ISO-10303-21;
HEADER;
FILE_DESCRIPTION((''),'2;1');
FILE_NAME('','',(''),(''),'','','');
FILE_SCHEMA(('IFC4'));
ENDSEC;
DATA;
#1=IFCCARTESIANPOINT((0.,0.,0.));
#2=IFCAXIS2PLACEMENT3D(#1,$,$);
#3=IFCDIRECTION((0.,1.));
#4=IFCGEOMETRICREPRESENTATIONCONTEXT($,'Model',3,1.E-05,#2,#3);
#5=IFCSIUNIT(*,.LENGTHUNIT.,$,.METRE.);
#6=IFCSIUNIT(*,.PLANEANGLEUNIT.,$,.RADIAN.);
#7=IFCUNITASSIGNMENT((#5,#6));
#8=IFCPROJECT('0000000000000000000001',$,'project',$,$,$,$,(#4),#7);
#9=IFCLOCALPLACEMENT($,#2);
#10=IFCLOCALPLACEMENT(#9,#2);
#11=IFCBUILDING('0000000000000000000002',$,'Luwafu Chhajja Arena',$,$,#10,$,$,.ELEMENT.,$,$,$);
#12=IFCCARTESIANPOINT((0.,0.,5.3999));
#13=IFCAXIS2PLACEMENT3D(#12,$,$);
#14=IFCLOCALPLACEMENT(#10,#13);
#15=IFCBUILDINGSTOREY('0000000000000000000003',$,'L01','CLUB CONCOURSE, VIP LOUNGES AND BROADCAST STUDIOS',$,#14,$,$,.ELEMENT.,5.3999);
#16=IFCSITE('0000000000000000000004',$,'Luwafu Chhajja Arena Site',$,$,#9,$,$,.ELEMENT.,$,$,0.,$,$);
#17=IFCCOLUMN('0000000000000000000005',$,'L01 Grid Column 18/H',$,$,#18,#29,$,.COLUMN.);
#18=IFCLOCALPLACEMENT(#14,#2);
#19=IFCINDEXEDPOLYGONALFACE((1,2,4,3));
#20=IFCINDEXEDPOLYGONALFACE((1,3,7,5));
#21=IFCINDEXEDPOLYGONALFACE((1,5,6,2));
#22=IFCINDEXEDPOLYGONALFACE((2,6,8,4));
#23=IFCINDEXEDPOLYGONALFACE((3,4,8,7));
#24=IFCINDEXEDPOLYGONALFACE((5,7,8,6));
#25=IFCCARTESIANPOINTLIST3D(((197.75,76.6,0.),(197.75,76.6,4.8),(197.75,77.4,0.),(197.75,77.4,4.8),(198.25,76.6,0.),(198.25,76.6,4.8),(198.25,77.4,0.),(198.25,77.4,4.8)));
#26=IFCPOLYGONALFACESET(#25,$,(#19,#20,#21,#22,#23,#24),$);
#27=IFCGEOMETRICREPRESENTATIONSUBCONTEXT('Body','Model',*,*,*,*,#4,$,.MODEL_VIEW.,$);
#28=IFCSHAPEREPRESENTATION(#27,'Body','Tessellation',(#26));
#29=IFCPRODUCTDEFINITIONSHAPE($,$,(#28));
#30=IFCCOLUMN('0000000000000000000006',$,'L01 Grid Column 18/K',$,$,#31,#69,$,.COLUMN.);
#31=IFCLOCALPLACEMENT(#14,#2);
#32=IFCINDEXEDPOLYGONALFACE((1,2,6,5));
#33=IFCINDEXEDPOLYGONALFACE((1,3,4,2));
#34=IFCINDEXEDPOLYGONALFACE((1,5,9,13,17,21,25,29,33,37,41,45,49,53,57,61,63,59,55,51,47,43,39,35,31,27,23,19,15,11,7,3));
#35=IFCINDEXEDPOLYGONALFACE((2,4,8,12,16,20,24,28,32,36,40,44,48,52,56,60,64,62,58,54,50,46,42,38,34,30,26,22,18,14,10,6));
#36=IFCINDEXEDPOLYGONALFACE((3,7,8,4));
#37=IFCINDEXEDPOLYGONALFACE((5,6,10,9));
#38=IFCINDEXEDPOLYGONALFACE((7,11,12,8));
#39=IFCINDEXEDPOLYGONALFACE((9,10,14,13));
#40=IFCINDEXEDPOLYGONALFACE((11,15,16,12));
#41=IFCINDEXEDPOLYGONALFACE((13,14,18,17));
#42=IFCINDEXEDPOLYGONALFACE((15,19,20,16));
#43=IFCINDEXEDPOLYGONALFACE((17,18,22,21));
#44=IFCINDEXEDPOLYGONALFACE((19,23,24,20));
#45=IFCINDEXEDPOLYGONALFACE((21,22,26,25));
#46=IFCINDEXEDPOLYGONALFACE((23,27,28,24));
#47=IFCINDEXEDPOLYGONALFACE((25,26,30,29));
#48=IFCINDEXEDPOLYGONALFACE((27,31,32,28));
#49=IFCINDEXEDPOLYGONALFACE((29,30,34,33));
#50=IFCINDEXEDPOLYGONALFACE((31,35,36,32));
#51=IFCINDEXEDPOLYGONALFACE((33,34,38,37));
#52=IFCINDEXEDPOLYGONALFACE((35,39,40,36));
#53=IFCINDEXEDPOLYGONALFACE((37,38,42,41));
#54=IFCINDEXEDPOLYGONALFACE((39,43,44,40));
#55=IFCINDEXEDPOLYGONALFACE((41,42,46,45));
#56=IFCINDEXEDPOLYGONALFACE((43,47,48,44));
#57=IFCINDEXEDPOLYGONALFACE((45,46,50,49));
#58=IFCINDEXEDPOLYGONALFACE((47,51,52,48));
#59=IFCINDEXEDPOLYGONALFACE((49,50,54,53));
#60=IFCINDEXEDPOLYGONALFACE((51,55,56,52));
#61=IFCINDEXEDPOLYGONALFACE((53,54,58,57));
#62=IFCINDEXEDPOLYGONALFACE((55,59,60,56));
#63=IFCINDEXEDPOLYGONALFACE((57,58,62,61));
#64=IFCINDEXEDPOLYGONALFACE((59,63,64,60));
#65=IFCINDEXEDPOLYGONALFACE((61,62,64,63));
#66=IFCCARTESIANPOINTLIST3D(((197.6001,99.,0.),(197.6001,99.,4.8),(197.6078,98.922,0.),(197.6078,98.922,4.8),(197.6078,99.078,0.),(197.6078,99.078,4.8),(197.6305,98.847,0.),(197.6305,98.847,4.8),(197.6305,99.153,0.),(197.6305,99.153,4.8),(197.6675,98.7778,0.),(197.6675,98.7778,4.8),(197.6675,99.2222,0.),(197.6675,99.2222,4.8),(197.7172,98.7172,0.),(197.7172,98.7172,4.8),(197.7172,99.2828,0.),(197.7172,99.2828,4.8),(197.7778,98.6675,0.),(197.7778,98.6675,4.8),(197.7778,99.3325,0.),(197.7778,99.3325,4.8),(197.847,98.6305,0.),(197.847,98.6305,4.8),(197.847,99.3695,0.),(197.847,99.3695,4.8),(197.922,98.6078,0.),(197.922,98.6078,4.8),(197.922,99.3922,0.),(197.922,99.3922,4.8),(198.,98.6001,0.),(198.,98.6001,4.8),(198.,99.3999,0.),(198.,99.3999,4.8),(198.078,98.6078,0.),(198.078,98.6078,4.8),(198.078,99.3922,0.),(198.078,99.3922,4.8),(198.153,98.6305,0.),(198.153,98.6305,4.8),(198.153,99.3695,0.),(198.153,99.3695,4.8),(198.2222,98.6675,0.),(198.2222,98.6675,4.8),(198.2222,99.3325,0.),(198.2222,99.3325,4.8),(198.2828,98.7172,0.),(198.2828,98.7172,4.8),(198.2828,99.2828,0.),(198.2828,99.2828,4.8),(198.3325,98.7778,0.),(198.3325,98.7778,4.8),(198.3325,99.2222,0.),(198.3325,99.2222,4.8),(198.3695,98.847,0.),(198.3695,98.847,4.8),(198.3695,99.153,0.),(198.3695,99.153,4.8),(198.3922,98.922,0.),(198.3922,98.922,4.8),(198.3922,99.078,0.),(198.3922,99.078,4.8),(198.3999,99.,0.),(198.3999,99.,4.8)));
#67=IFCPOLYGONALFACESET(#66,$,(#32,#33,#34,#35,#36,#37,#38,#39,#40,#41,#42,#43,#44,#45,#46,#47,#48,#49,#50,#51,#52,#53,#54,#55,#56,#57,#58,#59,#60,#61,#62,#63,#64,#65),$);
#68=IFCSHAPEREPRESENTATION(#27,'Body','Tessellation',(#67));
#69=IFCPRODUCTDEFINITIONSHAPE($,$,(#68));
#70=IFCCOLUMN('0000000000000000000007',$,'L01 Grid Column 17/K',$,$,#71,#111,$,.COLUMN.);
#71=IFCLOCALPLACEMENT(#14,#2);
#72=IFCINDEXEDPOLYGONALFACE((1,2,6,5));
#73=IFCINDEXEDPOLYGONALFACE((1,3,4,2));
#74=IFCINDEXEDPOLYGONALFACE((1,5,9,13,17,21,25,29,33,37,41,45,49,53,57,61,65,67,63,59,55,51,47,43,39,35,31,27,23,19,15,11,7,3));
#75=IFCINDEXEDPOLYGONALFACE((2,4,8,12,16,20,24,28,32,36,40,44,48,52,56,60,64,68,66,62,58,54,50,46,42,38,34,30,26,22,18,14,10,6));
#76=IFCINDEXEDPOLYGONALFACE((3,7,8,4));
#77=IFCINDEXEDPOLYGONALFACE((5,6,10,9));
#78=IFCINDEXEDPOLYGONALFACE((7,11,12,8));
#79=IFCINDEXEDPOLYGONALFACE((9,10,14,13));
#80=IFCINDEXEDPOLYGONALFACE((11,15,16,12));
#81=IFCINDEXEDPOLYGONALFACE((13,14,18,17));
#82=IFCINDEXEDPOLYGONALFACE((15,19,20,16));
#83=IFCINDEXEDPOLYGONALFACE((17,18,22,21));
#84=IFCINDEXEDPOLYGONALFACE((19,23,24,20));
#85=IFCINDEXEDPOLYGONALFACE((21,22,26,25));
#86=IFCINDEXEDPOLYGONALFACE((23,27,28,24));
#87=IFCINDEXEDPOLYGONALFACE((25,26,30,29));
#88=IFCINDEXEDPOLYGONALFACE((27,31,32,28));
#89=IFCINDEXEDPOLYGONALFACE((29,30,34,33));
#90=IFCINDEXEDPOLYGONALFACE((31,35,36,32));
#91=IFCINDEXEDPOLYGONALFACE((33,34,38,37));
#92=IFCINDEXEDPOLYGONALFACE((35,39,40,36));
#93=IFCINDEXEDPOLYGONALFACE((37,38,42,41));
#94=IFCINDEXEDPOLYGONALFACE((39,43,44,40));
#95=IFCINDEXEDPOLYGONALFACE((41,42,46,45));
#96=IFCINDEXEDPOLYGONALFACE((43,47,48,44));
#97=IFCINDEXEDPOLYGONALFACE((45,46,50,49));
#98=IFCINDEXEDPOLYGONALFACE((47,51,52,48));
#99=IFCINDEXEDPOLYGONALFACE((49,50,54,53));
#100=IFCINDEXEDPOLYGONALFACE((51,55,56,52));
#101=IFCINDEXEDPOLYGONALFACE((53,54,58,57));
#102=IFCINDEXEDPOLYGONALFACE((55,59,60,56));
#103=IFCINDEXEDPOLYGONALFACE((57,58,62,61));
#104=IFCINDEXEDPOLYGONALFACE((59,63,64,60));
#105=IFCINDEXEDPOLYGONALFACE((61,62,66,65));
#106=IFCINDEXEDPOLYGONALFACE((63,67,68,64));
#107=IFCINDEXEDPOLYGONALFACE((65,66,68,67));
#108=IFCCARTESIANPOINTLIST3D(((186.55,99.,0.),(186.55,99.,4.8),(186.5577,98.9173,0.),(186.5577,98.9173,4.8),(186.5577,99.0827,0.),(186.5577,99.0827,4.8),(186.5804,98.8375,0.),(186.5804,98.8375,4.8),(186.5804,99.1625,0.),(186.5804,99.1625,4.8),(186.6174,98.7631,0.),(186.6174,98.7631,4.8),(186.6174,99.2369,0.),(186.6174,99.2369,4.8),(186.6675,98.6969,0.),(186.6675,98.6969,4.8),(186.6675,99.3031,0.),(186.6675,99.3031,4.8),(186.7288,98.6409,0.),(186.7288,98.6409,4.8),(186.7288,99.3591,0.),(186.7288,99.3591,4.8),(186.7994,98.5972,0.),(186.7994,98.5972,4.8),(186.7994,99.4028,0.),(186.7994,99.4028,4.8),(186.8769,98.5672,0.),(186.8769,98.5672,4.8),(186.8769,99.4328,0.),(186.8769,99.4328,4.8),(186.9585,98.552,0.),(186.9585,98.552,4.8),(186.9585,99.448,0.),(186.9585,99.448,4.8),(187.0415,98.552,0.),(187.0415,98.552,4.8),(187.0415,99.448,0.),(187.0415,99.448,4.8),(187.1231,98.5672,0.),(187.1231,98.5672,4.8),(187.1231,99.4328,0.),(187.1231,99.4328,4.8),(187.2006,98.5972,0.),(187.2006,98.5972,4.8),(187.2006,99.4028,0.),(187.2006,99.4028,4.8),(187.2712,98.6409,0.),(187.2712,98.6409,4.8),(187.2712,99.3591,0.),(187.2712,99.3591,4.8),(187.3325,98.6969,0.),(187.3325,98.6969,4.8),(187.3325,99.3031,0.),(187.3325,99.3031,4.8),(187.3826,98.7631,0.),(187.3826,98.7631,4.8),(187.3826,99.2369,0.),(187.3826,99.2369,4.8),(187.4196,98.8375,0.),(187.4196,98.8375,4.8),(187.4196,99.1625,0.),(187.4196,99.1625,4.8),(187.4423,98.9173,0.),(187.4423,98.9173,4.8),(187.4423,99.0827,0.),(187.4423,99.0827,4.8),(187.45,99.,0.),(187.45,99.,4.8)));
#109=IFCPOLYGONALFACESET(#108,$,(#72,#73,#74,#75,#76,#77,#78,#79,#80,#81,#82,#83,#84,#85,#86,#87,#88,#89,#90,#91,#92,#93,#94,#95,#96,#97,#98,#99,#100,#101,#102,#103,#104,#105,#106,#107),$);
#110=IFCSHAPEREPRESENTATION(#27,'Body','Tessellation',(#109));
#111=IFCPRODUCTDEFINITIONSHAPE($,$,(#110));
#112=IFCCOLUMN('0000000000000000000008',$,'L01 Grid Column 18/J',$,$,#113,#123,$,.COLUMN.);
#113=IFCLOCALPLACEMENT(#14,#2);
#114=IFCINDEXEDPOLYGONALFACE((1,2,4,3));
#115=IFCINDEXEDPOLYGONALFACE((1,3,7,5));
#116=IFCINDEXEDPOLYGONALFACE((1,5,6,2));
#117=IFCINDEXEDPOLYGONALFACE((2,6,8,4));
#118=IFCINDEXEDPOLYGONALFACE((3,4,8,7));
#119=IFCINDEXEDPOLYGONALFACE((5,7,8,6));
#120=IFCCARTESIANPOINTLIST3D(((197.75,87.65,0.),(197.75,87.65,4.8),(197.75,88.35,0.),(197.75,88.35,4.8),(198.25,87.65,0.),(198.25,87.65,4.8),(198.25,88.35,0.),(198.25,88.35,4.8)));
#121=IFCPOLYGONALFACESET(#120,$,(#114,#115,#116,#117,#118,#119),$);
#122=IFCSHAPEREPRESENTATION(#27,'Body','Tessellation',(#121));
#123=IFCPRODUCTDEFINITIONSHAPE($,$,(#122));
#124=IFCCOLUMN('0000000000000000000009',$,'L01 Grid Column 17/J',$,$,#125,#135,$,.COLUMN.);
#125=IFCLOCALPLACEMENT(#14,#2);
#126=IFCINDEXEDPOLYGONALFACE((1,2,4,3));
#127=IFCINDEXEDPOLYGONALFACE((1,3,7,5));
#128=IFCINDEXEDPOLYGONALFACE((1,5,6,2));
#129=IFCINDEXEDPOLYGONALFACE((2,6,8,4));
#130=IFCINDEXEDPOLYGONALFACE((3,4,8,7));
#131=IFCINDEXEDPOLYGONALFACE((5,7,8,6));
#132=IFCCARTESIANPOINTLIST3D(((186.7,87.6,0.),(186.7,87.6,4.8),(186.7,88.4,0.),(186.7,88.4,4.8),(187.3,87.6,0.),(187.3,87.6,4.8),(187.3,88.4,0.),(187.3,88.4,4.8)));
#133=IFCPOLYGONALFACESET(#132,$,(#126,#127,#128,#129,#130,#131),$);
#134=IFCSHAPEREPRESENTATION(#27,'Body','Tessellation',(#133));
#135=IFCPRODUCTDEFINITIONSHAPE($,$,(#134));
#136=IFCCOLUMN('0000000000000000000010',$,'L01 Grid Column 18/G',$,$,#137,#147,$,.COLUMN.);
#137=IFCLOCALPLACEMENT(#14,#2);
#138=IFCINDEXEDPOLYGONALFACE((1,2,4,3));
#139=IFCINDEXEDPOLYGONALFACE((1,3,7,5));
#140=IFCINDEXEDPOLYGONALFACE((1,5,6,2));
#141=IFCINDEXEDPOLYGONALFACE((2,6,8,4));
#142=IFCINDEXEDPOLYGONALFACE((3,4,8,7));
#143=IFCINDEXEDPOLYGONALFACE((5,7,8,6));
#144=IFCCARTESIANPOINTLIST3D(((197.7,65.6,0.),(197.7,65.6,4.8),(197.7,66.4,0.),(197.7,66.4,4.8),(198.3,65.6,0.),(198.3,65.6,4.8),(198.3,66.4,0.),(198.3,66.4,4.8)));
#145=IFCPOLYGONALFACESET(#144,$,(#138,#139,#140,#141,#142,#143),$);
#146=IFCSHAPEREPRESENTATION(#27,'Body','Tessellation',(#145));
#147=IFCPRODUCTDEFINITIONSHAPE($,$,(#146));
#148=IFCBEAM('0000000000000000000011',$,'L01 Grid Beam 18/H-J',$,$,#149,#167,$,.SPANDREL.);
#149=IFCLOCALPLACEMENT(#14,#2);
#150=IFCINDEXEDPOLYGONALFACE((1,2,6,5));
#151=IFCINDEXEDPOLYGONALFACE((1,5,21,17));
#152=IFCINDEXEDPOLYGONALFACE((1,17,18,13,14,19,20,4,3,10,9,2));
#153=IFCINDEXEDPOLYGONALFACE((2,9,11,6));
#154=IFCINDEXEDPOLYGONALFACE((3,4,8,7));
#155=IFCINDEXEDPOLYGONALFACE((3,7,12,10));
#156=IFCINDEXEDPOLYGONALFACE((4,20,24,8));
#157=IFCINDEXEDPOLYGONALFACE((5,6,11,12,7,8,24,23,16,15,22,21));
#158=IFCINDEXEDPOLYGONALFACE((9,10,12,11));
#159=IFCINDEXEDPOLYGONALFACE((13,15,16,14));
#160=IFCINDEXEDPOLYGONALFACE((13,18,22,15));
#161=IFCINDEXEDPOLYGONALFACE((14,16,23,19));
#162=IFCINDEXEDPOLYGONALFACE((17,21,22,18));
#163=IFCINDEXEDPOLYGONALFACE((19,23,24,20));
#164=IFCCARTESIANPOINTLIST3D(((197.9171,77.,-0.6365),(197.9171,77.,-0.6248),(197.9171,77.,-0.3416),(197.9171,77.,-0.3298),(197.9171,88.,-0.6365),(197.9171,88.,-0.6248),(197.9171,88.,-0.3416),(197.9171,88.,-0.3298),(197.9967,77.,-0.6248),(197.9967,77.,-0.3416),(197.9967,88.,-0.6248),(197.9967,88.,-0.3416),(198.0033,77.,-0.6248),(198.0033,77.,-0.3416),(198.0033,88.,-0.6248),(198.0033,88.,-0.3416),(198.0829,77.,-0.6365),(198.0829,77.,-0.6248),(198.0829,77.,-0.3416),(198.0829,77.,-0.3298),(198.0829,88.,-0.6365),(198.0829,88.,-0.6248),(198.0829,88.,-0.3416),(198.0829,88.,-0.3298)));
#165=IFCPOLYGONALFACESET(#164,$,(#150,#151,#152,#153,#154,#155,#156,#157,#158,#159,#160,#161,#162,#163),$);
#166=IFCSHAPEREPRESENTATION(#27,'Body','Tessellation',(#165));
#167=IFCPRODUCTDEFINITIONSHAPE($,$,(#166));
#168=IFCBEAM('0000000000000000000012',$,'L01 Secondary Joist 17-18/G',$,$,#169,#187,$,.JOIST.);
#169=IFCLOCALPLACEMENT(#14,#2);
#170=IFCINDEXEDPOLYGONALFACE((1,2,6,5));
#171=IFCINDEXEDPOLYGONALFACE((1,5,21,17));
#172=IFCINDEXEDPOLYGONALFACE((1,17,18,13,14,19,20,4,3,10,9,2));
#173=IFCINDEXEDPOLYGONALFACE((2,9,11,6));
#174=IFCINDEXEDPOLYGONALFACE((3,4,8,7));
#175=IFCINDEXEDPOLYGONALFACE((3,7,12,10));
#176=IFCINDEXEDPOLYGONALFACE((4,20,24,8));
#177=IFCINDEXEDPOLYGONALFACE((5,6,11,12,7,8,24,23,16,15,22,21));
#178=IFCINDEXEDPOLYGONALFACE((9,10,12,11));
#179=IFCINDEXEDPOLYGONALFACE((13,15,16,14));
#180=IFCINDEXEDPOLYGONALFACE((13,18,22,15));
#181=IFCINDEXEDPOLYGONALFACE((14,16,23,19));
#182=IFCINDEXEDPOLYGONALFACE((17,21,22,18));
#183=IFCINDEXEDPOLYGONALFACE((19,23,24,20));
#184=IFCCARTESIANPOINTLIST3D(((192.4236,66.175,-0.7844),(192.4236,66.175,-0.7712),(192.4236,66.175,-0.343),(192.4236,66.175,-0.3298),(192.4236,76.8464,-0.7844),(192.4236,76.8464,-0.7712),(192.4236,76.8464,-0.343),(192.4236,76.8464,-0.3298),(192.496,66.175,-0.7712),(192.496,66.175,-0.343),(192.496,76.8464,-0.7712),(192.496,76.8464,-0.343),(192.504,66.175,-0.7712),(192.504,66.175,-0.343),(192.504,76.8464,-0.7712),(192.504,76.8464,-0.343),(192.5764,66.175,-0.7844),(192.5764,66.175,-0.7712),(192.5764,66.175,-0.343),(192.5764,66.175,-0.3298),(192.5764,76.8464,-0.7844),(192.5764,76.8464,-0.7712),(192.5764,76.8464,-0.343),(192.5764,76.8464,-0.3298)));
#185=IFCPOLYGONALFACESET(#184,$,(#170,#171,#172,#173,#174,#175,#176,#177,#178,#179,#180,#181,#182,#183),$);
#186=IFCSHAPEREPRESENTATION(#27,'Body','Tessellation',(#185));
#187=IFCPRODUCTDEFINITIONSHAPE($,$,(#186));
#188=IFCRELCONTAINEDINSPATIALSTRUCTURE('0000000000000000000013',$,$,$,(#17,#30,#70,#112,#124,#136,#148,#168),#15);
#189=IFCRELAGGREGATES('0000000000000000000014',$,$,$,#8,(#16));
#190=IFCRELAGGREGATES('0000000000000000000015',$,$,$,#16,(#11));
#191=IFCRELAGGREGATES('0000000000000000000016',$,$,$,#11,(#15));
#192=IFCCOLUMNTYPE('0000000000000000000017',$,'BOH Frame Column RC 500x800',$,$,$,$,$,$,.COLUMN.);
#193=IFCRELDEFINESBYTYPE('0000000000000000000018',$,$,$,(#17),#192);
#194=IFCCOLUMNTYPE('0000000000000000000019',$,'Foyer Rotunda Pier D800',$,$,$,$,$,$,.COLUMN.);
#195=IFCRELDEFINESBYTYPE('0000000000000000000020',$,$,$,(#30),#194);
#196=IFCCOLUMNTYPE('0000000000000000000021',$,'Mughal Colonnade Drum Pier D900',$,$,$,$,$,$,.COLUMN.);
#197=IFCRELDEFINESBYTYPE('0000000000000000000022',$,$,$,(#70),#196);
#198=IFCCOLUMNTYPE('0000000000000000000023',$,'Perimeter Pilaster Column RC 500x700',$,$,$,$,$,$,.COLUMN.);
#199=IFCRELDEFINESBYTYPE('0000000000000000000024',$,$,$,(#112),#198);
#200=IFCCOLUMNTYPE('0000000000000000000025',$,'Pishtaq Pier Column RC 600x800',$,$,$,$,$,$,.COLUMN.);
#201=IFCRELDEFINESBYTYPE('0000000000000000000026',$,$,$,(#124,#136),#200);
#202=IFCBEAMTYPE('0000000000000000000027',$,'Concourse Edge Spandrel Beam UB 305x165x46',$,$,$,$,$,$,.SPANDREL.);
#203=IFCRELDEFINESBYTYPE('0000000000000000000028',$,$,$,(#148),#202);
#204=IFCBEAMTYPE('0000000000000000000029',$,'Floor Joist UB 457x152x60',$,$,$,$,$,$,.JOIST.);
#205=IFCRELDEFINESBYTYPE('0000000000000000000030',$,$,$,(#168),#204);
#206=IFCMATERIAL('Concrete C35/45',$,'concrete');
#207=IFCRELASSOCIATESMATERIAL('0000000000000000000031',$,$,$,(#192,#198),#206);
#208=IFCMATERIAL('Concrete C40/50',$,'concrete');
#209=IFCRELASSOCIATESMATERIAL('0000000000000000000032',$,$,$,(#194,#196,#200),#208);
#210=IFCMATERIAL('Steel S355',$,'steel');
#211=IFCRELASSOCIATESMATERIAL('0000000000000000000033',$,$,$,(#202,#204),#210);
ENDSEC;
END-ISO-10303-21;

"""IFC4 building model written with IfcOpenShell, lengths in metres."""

from ifc_helpers import new_model, si_unit, direction, frame, origin, origin_2d, place, context, subcontext, project, spatial, rectangle, circle, i_section, extrude, material, material_profile, profile_set, type_object, element, save


model = new_model("IFC4")

# Units and contexts
model_context = context("Model", 3, precision=1e-05, world=origin(), true_north=direction((0.0, 1.0)))
body_context = subcontext(model_context, "Body", "Model", "MODEL_VIEW")
ifc_project = project(units=[si_unit("LENGTHUNIT", "METRE"), si_unit("PLANEANGLEUNIT", "RADIAN")], contexts=[model_context])

# Site, building, storey
site_placement = place(None, origin())
site = spatial("IfcSite", under=ifc_project, at=site_placement, Name="Luwafu Chhajja Arena Site", CompositionType="ELEMENT", RefElevation=0.0)
building_placement = place(site_placement, origin())
building = spatial("IfcBuilding", under=site, at=building_placement, Name="Luwafu Chhajja Arena", CompositionType="ELEMENT")
storey_placement = place(building_placement, frame((0.0, 0.0, 5.3999)))
storey = spatial("IfcBuildingStorey", under=building, at=storey_placement, Name="L01", Description="CLUB CONCOURSE, VIP LOUNGES AND BROADCAST STUDIOS", CompositionType="ELEMENT", Elevation=5.3999)

# Columns
ifc_material_1 = material(Name="Concrete C35/45", Category="concrete")
ifc_material_profile_1 = material_profile(ifc_material_1, rectangle(XDim=0.5, YDim=0.8, at=origin_2d()), Name="RC 500x800")
ifc_profile_set_1 = profile_set([ifc_material_profile_1], Name="Concrete C35/45")
column_type_1 = type_object("IfcColumnType", Name="BOH Frame Column RC 500x800", PredefinedType="COLUMN", material=ifc_profile_set_1)
column_1_placement = place(storey_placement, frame((198.0, 77.0, 0.0), z_axis=(0.0, 0.0, 1.0), x_axis=(1.0, 0.0, 0.0)))
element("IfcColumn", 1, at=column_1_placement, inside=storey, type_object=column_type_1, Name="L01 Grid Column 18/H", PredefinedType="COLUMN", context=body_context, shape_type="SweptSolid", body=[
    extrude(rectangle(XDim=0.5, YDim=0.8, at=origin_2d()), origin(), (0.0, 0.0, 1.0), 4.8),
])
ifc_material_2 = material(Name="Concrete C40/50", Category="concrete")
ifc_material_profile_2 = material_profile(ifc_material_2, circle(Radius=0.3999, at=origin_2d()), Name="RC COL D800")
ifc_profile_set_2 = profile_set([ifc_material_profile_2], Name="Concrete C40/50")
column_type_2 = type_object("IfcColumnType", Name="Foyer Rotunda Pier D800", PredefinedType="COLUMN", material=ifc_profile_set_2)
column_2_placement = place(storey_placement, frame((198.0, 99.0, 0.0), z_axis=(0.0, 0.0, 1.0), x_axis=(1.0, 0.0, 0.0)))
element("IfcColumn", 2, at=column_2_placement, inside=storey, type_object=column_type_2, Name="L01 Grid Column 18/K", PredefinedType="COLUMN", context=body_context, shape_type="SweptSolid", body=[
    extrude(circle(Radius=0.3999, at=origin_2d()), origin(), (0.0, 0.0, 1.0), 4.8),
])
ifc_material_profile_3 = material_profile(ifc_material_2, circle(Radius=0.45, at=origin_2d()), Name="RC COL D900")
ifc_profile_set_3 = profile_set([ifc_material_profile_3], Name="Concrete C40/50")
column_type_3 = type_object("IfcColumnType", Name="Mughal Colonnade Drum Pier D900", PredefinedType="COLUMN", material=ifc_profile_set_3)
column_3_placement = place(storey_placement, frame((187.0, 99.0, 0.0), z_axis=(0.0, 0.0, 1.0), x_axis=(1.0, 0.0, 0.0)))
element("IfcColumn", 3, at=column_3_placement, inside=storey, type_object=column_type_3, Name="L01 Grid Column 17/K", PredefinedType="COLUMN", context=body_context, shape_type="SweptSolid", body=[
    extrude(circle(Radius=0.45, at=origin_2d()), origin(), (0.0, 0.0, 1.0), 4.8),
])
ifc_material_profile_4 = material_profile(ifc_material_1, rectangle(XDim=0.5, YDim=0.7, at=origin_2d()), Name="RC 500x700")
ifc_profile_set_4 = profile_set([ifc_material_profile_4], Name="Concrete C35/45")
column_type_4 = type_object("IfcColumnType", Name="Perimeter Pilaster Column RC 500x700", PredefinedType="COLUMN", material=ifc_profile_set_4)
column_4_placement = place(storey_placement, frame((198.0, 88.0, 0.0), z_axis=(0.0, 0.0, 1.0), x_axis=(1.0, 0.0, 0.0)))
element("IfcColumn", 4, at=column_4_placement, inside=storey, type_object=column_type_4, Name="L01 Grid Column 18/J", PredefinedType="COLUMN", context=body_context, shape_type="SweptSolid", body=[
    extrude(rectangle(XDim=0.5, YDim=0.7, at=origin_2d()), origin(), (0.0, 0.0, 1.0), 4.8),
])
ifc_material_profile_5 = material_profile(ifc_material_2, rectangle(XDim=0.6001, YDim=0.8, at=origin_2d()), Name="RC 600x800")
ifc_profile_set_5 = profile_set([ifc_material_profile_5], Name="Concrete C40/50")
column_type_5 = type_object("IfcColumnType", Name="Pishtaq Pier Column RC 600x800", PredefinedType="COLUMN", material=ifc_profile_set_5)
for number, where, z_axis, x_axis, name in (
    (5, (187.0, 88.0, 0.0), (0.0, 0.0, 1.0), (1.0, 0.0, 0.0), "L01 Grid Column 17/J"),
    (6, (198.0, 66.0, 0.0), (0.0, 0.0, 1.0), (1.0, 0.0, 0.0), "L01 Grid Column 18/G"),
):
    element("IfcColumn", number, at=place(storey_placement, frame(where, z_axis=z_axis, x_axis=x_axis)), inside=storey, type_object=column_type_5, Name=name, PredefinedType="COLUMN", context=body_context, shape_type="SweptSolid", body=[
        extrude(rectangle(XDim=0.6001, YDim=0.8, at=origin_2d()), origin(), (0.0, 0.0, 1.0), 4.8),
    ])

# Beams
ifc_material_3 = material(Name="Steel S355", Category="steel")
ifc_material_profile_6 = material_profile(ifc_material_3, i_section(OverallWidth=0.1658, OverallDepth=0.3066, WebThickness=0.0066, FlangeThickness=0.0117, at=origin_2d()), Name="UB 305x165x46")
ifc_profile_set_6 = profile_set([ifc_material_profile_6], Name="Steel S355")
beam_type_1 = type_object("IfcBeamType", Name="Concourse Edge Spandrel Beam UB 305x165x46", PredefinedType="SPANDREL", material=ifc_profile_set_6)
beam_1_placement = place(storey_placement, frame((198.0, 77.0, -0.4832), z_axis=(0.0, 1.0, 0.0), x_axis=(-1.0, 0.0, 0.0)))
element("IfcBeam", 7, at=beam_1_placement, inside=storey, type_object=beam_type_1, Name="L01 Grid Beam 18/H-J", PredefinedType="SPANDREL", context=body_context, shape_type="SweptSolid", body=[
    extrude(i_section(OverallWidth=0.1658, OverallDepth=0.3066, WebThickness=0.0066, FlangeThickness=0.0117, at=origin_2d()), origin(), (0.0, 0.0, 1.0), 11.0),
])
ifc_material_profile_7 = material_profile(ifc_material_3, i_section(OverallWidth=0.1528, OverallDepth=0.4546, WebThickness=0.0081, FlangeThickness=0.0132, at=origin_2d()), Name="UB 457x152x60")
ifc_profile_set_7 = profile_set([ifc_material_profile_7], Name="Steel S355")
beam_type_2 = type_object("IfcBeamType", Name="Floor Joist UB 457x152x60", PredefinedType="JOIST", material=ifc_profile_set_7)
beam_2_placement = place(storey_placement, frame((192.5, 66.175, -0.5571), z_axis=(0.0, 1.0, 0.0), x_axis=(-1.0, 0.0, 0.0)))
element("IfcBeam", 8, at=beam_2_placement, inside=storey, type_object=beam_type_2, Name="L01 Secondary Joist 17-18/G", PredefinedType="JOIST", context=body_context, shape_type="SweptSolid", body=[
    extrude(i_section(OverallWidth=0.1528, OverallDepth=0.4546, WebThickness=0.0081, FlangeThickness=0.0132, at=origin_2d()), origin(), (0.0, 0.0, 1.0), 10.6714),
])

save(model, "model.ifc")
